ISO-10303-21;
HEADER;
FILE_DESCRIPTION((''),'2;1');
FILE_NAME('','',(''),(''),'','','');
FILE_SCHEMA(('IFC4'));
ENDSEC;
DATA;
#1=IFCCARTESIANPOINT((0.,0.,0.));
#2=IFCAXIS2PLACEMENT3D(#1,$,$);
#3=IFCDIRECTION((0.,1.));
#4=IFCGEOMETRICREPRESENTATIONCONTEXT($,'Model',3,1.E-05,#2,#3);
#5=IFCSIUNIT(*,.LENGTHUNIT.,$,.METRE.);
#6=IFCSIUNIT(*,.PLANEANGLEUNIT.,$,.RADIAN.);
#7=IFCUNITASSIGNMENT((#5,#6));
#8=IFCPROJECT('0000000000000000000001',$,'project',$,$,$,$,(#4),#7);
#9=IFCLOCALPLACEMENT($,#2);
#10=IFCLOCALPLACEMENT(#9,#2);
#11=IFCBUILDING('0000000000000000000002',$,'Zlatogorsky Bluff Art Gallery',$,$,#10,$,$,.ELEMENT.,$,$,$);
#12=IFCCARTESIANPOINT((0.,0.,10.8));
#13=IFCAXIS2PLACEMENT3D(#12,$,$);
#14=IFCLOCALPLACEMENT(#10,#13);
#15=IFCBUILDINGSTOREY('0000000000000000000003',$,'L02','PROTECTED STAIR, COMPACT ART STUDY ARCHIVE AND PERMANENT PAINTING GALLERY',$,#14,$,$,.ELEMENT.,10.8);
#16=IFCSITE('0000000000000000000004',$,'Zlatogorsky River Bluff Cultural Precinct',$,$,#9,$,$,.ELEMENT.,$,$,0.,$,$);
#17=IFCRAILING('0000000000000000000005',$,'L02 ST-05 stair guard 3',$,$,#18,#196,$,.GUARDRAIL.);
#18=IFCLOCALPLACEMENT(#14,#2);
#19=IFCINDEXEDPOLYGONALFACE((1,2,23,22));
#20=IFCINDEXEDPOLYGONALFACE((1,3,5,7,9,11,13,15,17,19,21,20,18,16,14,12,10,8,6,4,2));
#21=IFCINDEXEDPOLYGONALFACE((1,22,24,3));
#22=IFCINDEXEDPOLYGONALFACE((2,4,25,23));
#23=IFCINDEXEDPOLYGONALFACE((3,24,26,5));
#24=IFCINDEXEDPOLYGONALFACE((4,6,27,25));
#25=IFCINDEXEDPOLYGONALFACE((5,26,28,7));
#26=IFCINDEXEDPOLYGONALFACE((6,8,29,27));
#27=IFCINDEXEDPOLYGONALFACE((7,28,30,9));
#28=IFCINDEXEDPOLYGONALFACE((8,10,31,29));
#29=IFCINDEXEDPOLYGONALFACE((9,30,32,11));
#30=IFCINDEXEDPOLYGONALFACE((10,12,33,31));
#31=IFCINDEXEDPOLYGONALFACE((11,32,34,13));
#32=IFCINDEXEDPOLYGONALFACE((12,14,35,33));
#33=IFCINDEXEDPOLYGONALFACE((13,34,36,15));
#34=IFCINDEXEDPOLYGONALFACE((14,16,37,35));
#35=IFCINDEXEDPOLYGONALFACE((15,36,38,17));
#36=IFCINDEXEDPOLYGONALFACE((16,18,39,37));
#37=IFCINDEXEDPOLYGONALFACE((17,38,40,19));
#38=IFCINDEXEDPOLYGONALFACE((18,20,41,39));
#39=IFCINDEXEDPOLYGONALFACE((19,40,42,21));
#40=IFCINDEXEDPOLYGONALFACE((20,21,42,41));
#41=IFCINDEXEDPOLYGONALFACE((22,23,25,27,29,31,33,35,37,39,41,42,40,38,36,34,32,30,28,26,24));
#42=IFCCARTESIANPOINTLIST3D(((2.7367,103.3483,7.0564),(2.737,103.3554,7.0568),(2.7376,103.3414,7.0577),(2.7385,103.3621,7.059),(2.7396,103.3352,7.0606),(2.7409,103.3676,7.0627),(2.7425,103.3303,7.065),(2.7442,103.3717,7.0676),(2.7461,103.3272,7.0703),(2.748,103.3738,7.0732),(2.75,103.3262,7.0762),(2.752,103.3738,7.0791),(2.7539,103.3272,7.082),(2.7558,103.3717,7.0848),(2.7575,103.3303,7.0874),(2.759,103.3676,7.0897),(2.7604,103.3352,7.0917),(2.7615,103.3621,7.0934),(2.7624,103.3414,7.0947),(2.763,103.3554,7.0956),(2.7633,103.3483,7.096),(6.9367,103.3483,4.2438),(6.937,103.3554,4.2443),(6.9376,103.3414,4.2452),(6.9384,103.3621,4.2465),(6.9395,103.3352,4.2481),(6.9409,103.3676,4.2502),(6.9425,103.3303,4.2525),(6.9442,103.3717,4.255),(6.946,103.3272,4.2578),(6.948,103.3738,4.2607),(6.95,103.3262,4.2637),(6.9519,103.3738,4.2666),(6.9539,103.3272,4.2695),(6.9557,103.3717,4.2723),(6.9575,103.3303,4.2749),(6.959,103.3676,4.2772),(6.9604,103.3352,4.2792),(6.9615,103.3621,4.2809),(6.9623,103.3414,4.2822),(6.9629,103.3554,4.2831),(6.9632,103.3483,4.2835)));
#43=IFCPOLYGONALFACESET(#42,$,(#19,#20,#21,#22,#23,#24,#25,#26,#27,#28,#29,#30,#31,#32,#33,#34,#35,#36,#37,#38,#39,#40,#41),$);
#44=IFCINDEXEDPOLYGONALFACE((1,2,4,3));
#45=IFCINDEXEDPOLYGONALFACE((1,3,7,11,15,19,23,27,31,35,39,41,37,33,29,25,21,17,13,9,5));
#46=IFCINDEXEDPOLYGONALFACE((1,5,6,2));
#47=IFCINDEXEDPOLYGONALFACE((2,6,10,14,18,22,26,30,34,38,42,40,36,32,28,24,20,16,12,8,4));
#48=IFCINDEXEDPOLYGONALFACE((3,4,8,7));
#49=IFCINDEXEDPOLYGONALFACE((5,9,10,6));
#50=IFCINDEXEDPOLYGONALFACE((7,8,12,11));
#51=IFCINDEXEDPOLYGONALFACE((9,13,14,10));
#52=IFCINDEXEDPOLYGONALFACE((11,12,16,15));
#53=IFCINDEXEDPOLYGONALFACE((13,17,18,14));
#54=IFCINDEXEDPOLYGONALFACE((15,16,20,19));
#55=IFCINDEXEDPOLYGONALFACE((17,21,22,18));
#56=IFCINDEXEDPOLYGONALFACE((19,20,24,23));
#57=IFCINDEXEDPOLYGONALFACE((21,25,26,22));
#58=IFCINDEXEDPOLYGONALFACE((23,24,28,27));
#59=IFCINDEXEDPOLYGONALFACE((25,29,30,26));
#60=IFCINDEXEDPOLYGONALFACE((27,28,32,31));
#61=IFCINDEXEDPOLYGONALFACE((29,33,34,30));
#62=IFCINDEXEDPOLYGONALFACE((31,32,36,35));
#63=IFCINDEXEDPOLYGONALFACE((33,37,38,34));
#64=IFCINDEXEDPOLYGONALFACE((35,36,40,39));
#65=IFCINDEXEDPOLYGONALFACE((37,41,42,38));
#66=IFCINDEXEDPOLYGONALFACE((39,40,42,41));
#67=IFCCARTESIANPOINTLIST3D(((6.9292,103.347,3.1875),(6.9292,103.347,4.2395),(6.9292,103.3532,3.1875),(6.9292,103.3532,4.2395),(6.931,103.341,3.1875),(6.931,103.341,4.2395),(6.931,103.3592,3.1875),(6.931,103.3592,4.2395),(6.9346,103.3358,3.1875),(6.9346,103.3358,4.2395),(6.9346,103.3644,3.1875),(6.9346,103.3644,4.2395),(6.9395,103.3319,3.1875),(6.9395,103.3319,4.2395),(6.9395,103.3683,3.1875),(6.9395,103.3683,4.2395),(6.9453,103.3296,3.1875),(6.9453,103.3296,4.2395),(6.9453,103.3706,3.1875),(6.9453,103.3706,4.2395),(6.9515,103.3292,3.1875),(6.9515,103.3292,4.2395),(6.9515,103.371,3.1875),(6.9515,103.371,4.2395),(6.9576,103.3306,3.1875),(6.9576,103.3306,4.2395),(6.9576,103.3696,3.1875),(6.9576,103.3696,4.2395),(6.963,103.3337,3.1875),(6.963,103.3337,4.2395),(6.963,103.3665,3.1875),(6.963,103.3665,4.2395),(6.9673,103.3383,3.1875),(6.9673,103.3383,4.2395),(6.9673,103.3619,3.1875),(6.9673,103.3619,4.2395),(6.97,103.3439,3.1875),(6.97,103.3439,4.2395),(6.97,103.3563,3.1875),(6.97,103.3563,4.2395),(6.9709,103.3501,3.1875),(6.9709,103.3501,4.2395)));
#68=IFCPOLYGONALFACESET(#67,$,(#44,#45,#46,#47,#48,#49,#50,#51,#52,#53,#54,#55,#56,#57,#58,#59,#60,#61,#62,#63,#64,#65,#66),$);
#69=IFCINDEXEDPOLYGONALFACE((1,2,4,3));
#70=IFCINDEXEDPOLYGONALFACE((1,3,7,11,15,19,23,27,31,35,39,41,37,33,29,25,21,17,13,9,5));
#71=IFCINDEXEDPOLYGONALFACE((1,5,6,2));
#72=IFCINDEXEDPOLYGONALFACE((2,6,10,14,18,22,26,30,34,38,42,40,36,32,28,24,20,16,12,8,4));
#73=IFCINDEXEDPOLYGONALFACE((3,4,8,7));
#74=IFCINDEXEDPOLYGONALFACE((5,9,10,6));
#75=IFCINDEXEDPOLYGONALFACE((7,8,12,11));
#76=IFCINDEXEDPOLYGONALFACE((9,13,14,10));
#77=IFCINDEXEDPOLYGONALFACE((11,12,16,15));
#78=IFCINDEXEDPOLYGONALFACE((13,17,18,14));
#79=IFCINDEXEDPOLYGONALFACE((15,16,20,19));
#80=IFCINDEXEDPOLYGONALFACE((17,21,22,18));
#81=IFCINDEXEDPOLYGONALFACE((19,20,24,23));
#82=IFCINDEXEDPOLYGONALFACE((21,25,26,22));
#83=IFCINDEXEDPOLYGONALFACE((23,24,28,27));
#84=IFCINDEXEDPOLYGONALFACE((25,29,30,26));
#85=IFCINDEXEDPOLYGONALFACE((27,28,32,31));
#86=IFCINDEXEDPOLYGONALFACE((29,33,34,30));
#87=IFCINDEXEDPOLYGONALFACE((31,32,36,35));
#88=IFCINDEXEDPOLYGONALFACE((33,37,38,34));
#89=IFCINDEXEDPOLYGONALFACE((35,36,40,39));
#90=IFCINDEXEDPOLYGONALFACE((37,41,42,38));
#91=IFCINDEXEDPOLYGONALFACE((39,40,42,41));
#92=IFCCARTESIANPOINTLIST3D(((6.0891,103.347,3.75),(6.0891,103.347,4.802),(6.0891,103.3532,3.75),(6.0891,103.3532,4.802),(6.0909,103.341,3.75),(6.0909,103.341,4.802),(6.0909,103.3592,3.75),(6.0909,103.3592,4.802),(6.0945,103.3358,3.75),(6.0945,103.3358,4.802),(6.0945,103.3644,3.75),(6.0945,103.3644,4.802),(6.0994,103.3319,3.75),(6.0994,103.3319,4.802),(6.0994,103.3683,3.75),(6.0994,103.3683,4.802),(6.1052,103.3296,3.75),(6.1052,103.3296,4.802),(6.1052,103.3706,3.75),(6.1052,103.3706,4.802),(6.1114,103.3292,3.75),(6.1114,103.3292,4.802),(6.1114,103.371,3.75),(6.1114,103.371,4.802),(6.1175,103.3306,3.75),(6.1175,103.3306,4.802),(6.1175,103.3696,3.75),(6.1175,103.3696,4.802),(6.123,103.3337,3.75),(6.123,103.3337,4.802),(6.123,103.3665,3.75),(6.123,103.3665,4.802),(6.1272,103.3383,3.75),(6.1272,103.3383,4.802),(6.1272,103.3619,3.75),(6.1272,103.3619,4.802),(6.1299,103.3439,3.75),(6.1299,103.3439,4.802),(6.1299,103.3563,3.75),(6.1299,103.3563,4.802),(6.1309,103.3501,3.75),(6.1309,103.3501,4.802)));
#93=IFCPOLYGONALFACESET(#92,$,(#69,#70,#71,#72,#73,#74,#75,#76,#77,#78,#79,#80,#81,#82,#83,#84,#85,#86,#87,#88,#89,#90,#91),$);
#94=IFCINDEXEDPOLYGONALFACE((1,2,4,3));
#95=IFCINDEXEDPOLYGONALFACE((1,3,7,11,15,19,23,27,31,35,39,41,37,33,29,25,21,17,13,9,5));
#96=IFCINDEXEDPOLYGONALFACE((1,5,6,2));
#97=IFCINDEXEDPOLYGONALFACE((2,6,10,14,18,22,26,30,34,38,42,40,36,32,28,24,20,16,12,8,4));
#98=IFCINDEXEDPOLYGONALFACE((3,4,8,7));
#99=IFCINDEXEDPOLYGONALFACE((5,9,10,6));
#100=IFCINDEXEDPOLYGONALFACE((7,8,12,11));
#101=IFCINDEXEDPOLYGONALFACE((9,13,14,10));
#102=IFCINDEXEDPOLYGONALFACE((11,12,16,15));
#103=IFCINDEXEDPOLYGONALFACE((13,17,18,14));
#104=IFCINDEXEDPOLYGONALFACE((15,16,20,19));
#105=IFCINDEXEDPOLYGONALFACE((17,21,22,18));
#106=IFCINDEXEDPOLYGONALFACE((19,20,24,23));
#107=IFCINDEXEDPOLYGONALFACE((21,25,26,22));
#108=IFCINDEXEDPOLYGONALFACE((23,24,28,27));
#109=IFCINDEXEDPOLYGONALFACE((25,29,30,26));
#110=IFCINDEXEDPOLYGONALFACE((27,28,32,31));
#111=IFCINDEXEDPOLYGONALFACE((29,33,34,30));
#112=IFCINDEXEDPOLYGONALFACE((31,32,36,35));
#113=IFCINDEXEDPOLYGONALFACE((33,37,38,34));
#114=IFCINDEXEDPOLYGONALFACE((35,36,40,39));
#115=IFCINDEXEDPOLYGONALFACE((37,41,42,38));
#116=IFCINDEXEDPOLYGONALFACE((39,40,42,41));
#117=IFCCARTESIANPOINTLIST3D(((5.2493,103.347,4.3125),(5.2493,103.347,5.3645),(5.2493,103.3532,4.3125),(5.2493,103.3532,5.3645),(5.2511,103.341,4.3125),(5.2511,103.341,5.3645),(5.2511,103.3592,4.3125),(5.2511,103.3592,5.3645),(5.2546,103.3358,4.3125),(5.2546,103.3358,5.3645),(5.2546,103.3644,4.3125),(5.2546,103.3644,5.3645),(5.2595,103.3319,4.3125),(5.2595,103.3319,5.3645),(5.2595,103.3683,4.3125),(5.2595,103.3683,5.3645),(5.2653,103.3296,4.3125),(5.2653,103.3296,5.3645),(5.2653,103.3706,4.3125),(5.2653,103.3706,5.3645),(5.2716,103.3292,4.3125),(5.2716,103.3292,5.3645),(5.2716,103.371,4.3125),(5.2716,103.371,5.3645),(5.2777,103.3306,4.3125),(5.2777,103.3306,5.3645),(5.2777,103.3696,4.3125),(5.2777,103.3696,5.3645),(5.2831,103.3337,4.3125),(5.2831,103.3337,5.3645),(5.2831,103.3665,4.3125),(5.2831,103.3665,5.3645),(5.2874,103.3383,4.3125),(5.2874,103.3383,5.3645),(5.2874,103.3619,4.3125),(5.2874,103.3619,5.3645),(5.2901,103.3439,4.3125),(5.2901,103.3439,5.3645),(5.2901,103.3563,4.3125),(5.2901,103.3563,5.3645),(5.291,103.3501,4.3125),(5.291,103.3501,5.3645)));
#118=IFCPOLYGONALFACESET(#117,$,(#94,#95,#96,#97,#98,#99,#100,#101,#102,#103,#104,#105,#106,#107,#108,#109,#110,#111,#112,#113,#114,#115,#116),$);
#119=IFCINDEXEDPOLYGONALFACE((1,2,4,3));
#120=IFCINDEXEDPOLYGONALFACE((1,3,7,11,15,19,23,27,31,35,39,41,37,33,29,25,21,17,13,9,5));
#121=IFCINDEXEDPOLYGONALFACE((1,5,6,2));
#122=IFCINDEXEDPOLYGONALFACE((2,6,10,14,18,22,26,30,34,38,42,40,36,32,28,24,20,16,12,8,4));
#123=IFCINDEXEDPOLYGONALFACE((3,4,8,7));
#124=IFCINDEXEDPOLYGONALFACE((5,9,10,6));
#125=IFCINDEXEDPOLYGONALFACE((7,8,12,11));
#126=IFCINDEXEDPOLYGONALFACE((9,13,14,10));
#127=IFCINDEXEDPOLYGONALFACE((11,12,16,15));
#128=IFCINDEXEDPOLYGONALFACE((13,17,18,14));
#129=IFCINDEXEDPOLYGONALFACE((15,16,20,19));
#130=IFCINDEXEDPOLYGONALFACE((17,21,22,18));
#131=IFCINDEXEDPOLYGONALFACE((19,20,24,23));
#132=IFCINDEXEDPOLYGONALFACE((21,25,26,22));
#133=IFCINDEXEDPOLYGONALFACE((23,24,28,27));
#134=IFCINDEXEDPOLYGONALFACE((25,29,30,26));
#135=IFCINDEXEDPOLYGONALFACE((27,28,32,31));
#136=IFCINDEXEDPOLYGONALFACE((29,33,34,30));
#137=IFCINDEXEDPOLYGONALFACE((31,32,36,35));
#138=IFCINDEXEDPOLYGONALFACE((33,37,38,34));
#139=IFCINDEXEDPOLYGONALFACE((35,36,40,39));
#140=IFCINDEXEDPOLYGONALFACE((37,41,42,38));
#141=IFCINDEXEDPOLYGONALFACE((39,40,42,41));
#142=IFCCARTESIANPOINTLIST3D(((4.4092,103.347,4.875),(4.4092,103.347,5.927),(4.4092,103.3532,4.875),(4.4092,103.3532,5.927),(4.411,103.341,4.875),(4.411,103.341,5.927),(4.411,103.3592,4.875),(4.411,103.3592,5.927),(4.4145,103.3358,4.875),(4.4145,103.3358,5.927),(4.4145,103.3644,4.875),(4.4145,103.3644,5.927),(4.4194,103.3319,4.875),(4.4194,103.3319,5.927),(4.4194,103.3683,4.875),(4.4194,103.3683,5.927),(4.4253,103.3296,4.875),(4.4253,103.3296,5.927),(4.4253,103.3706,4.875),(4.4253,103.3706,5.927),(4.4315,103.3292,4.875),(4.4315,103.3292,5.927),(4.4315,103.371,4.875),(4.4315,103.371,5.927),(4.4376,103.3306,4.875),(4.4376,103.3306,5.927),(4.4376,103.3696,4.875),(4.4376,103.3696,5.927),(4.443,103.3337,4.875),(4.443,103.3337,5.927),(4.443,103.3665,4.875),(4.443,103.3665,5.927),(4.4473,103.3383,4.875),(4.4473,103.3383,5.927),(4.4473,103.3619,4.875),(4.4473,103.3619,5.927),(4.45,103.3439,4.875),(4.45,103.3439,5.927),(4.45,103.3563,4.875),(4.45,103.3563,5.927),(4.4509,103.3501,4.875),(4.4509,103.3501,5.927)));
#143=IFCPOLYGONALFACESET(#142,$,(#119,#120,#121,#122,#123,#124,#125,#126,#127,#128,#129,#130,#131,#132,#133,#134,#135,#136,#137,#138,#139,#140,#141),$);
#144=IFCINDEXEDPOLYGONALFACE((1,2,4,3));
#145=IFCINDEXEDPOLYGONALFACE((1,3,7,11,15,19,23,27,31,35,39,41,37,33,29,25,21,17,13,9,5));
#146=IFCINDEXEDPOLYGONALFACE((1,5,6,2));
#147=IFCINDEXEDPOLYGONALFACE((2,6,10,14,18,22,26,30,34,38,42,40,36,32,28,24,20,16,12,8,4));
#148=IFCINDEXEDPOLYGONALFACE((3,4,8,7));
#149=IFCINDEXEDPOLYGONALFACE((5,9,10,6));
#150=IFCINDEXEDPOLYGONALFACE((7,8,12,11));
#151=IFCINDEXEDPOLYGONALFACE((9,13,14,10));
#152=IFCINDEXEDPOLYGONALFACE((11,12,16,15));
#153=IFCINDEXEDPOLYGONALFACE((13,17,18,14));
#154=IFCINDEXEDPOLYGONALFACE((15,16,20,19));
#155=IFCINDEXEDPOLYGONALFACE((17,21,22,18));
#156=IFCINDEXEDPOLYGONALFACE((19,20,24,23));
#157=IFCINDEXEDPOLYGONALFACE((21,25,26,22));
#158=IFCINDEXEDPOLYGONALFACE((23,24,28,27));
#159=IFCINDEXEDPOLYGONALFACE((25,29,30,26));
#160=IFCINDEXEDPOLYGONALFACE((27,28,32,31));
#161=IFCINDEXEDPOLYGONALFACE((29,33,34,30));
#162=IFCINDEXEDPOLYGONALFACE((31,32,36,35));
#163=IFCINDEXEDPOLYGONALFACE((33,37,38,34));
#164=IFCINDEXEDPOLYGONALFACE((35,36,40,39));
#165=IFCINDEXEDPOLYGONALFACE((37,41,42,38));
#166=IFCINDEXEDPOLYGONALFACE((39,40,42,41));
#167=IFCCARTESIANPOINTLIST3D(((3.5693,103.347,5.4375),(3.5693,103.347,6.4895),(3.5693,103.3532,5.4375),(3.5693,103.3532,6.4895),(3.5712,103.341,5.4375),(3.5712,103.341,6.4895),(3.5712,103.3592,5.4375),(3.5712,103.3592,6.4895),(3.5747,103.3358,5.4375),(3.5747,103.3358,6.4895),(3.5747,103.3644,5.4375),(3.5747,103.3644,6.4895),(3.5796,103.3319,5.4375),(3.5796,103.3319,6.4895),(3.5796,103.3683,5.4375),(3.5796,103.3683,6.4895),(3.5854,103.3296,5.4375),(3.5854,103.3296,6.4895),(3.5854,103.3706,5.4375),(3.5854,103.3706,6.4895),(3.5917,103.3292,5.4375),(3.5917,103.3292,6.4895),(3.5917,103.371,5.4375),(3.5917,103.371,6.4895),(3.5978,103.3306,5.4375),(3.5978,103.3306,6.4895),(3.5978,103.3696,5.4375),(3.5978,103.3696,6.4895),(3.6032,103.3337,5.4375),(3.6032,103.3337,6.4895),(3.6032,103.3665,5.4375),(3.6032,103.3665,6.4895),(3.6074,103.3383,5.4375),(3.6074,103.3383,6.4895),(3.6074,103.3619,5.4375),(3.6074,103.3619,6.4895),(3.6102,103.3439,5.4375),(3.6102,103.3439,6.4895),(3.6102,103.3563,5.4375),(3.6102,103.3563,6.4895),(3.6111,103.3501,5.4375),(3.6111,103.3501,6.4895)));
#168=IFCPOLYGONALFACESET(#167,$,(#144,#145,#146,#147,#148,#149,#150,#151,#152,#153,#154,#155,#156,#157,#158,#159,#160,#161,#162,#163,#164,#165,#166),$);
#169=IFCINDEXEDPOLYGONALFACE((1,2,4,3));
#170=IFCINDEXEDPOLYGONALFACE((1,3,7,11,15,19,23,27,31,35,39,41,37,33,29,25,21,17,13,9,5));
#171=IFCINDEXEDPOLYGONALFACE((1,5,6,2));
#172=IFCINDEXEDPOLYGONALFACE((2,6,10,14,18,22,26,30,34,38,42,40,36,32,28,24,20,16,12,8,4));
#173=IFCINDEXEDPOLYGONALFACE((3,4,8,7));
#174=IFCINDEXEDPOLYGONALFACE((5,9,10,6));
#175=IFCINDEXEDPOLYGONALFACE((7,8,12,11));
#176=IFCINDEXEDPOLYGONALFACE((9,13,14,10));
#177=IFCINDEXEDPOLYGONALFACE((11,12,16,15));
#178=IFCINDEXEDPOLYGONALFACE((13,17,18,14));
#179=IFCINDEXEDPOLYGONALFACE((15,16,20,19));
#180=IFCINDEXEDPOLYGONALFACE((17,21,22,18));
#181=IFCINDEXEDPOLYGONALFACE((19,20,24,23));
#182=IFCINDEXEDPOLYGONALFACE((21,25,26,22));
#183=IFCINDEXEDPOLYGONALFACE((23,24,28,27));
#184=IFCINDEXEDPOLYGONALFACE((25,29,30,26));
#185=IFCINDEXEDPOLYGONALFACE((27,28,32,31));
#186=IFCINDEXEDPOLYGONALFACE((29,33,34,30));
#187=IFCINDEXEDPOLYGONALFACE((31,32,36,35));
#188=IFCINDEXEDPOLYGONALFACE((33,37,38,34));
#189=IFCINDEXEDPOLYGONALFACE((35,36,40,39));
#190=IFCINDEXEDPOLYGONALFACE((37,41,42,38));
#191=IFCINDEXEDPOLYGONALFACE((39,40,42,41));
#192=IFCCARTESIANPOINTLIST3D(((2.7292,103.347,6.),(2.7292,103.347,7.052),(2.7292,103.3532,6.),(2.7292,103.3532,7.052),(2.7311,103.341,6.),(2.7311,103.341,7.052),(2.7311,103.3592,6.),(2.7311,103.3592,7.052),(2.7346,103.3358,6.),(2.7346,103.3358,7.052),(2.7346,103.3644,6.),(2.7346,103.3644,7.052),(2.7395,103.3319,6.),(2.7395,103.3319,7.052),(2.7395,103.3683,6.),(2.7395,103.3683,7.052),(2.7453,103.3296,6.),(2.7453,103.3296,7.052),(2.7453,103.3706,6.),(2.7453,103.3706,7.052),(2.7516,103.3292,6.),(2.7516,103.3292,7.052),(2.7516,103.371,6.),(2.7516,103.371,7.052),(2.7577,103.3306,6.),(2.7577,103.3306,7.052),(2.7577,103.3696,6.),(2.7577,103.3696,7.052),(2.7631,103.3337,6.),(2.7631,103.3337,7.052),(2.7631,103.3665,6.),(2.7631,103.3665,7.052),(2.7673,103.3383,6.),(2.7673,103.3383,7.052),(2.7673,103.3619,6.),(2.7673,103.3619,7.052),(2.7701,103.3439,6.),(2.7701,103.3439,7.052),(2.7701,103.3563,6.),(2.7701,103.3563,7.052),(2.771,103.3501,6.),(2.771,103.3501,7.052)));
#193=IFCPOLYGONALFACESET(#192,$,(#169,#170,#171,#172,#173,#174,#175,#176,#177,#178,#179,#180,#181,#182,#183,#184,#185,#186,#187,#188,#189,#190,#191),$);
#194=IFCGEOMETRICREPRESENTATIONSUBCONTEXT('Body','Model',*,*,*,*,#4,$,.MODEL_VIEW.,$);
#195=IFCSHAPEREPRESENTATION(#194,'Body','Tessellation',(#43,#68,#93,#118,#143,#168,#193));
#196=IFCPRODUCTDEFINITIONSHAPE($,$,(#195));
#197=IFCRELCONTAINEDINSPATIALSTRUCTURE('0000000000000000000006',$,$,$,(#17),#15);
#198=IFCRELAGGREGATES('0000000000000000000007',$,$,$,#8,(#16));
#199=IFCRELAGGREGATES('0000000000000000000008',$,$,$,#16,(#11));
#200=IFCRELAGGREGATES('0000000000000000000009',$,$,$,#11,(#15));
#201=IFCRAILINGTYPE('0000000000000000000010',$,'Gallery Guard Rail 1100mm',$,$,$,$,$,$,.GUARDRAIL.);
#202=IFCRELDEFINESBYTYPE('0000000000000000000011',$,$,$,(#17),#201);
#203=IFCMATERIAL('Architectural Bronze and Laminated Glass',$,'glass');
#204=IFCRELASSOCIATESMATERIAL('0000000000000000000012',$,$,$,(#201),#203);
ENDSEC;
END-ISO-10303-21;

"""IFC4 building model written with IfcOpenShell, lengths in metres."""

from ifc_helpers import new_model, si_unit, direction, frame, origin, origin_2d, place, context, subcontext, project, spatial, circle, extrude, material, type_object, element, save


model = new_model("IFC4")

# Units and contexts
model_context = context("Model", 3, precision=1e-05, world=origin(), true_north=direction((0.0, 1.0)))
body_context = subcontext(model_context, "Body", "Model", "MODEL_VIEW")
ifc_project = project(units=[si_unit("LENGTHUNIT", "METRE"), si_unit("PLANEANGLEUNIT", "RADIAN")], contexts=[model_context])

# Site, building, storey
site_placement = place(None, origin())
site = spatial("IfcSite", under=ifc_project, at=site_placement, Name="Zlatogorsky River Bluff Cultural Precinct", CompositionType="ELEMENT", RefElevation=0.0)
building_placement = place(site_placement, origin())
building = spatial("IfcBuilding", under=site, at=building_placement, Name="Zlatogorsky Bluff Art Gallery", CompositionType="ELEMENT")
storey_placement = place(building_placement, frame((0.0, 0.0, 10.8)))
storey = spatial("IfcBuildingStorey", under=building, at=storey_placement, Name="L02", Description="PROTECTED STAIR, COMPACT ART STUDY ARCHIVE AND PERMANENT PAINTING GALLERY", CompositionType="ELEMENT", Elevation=10.8)

# Railing
ifc_material_1 = material(Name="Architectural Bronze and Laminated Glass", Category="glass")
railing_type_1 = type_object("IfcRailingType", Name="Gallery Guard Rail 1100mm", PredefinedType="GUARDRAIL", material=ifc_material_1)
railing_1_placement = place(storey_placement, frame((6.95, 103.3501, 3.1875)))
element("IfcRailing", 1, at=railing_1_placement, inside=storey, type_object=railing_type_1, Name="L02 ST-05 stair guard 3", PredefinedType="GUARDRAIL", context=body_context, shape_type="SweptSolid", body=[
    extrude(circle(Radius=0.0239, at=origin_2d()), frame((0.0, 0.0, 1.0762), z_axis=(-0.830904, 0.0, 0.556416), x_axis=(0.0, -1.0, 0.0)), (0.0, 0.0, 1.0), 5.0547),
    extrude(circle(Radius=0.021, at=origin_2d()), origin(), (0.0, 0.0, 1.0), 1.052),
    extrude(circle(Radius=0.021, at=origin_2d()), frame((-0.8401, 0.0, 0.5625)), (0.0, 0.0, 1.0), 1.052),
    extrude(circle(Radius=0.021, at=origin_2d()), frame((-1.6799, 0.0, 1.125)), (0.0, 0.0, 1.0), 1.052),
    extrude(circle(Radius=0.021, at=origin_2d()), frame((-2.52, 0.0, 1.6875)), (0.0, 0.0, 1.0), 1.052),
    extrude(circle(Radius=0.021, at=origin_2d()), frame((-3.3599, 0.0, 2.25)), (0.0, 0.0, 1.0), 1.052),
    extrude(circle(Radius=0.021, at=origin_2d()), frame((-4.2, 0.0, 2.8125)), (0.0, 0.0, 1.0), 1.052),
])

save(model, "model.ifc")
